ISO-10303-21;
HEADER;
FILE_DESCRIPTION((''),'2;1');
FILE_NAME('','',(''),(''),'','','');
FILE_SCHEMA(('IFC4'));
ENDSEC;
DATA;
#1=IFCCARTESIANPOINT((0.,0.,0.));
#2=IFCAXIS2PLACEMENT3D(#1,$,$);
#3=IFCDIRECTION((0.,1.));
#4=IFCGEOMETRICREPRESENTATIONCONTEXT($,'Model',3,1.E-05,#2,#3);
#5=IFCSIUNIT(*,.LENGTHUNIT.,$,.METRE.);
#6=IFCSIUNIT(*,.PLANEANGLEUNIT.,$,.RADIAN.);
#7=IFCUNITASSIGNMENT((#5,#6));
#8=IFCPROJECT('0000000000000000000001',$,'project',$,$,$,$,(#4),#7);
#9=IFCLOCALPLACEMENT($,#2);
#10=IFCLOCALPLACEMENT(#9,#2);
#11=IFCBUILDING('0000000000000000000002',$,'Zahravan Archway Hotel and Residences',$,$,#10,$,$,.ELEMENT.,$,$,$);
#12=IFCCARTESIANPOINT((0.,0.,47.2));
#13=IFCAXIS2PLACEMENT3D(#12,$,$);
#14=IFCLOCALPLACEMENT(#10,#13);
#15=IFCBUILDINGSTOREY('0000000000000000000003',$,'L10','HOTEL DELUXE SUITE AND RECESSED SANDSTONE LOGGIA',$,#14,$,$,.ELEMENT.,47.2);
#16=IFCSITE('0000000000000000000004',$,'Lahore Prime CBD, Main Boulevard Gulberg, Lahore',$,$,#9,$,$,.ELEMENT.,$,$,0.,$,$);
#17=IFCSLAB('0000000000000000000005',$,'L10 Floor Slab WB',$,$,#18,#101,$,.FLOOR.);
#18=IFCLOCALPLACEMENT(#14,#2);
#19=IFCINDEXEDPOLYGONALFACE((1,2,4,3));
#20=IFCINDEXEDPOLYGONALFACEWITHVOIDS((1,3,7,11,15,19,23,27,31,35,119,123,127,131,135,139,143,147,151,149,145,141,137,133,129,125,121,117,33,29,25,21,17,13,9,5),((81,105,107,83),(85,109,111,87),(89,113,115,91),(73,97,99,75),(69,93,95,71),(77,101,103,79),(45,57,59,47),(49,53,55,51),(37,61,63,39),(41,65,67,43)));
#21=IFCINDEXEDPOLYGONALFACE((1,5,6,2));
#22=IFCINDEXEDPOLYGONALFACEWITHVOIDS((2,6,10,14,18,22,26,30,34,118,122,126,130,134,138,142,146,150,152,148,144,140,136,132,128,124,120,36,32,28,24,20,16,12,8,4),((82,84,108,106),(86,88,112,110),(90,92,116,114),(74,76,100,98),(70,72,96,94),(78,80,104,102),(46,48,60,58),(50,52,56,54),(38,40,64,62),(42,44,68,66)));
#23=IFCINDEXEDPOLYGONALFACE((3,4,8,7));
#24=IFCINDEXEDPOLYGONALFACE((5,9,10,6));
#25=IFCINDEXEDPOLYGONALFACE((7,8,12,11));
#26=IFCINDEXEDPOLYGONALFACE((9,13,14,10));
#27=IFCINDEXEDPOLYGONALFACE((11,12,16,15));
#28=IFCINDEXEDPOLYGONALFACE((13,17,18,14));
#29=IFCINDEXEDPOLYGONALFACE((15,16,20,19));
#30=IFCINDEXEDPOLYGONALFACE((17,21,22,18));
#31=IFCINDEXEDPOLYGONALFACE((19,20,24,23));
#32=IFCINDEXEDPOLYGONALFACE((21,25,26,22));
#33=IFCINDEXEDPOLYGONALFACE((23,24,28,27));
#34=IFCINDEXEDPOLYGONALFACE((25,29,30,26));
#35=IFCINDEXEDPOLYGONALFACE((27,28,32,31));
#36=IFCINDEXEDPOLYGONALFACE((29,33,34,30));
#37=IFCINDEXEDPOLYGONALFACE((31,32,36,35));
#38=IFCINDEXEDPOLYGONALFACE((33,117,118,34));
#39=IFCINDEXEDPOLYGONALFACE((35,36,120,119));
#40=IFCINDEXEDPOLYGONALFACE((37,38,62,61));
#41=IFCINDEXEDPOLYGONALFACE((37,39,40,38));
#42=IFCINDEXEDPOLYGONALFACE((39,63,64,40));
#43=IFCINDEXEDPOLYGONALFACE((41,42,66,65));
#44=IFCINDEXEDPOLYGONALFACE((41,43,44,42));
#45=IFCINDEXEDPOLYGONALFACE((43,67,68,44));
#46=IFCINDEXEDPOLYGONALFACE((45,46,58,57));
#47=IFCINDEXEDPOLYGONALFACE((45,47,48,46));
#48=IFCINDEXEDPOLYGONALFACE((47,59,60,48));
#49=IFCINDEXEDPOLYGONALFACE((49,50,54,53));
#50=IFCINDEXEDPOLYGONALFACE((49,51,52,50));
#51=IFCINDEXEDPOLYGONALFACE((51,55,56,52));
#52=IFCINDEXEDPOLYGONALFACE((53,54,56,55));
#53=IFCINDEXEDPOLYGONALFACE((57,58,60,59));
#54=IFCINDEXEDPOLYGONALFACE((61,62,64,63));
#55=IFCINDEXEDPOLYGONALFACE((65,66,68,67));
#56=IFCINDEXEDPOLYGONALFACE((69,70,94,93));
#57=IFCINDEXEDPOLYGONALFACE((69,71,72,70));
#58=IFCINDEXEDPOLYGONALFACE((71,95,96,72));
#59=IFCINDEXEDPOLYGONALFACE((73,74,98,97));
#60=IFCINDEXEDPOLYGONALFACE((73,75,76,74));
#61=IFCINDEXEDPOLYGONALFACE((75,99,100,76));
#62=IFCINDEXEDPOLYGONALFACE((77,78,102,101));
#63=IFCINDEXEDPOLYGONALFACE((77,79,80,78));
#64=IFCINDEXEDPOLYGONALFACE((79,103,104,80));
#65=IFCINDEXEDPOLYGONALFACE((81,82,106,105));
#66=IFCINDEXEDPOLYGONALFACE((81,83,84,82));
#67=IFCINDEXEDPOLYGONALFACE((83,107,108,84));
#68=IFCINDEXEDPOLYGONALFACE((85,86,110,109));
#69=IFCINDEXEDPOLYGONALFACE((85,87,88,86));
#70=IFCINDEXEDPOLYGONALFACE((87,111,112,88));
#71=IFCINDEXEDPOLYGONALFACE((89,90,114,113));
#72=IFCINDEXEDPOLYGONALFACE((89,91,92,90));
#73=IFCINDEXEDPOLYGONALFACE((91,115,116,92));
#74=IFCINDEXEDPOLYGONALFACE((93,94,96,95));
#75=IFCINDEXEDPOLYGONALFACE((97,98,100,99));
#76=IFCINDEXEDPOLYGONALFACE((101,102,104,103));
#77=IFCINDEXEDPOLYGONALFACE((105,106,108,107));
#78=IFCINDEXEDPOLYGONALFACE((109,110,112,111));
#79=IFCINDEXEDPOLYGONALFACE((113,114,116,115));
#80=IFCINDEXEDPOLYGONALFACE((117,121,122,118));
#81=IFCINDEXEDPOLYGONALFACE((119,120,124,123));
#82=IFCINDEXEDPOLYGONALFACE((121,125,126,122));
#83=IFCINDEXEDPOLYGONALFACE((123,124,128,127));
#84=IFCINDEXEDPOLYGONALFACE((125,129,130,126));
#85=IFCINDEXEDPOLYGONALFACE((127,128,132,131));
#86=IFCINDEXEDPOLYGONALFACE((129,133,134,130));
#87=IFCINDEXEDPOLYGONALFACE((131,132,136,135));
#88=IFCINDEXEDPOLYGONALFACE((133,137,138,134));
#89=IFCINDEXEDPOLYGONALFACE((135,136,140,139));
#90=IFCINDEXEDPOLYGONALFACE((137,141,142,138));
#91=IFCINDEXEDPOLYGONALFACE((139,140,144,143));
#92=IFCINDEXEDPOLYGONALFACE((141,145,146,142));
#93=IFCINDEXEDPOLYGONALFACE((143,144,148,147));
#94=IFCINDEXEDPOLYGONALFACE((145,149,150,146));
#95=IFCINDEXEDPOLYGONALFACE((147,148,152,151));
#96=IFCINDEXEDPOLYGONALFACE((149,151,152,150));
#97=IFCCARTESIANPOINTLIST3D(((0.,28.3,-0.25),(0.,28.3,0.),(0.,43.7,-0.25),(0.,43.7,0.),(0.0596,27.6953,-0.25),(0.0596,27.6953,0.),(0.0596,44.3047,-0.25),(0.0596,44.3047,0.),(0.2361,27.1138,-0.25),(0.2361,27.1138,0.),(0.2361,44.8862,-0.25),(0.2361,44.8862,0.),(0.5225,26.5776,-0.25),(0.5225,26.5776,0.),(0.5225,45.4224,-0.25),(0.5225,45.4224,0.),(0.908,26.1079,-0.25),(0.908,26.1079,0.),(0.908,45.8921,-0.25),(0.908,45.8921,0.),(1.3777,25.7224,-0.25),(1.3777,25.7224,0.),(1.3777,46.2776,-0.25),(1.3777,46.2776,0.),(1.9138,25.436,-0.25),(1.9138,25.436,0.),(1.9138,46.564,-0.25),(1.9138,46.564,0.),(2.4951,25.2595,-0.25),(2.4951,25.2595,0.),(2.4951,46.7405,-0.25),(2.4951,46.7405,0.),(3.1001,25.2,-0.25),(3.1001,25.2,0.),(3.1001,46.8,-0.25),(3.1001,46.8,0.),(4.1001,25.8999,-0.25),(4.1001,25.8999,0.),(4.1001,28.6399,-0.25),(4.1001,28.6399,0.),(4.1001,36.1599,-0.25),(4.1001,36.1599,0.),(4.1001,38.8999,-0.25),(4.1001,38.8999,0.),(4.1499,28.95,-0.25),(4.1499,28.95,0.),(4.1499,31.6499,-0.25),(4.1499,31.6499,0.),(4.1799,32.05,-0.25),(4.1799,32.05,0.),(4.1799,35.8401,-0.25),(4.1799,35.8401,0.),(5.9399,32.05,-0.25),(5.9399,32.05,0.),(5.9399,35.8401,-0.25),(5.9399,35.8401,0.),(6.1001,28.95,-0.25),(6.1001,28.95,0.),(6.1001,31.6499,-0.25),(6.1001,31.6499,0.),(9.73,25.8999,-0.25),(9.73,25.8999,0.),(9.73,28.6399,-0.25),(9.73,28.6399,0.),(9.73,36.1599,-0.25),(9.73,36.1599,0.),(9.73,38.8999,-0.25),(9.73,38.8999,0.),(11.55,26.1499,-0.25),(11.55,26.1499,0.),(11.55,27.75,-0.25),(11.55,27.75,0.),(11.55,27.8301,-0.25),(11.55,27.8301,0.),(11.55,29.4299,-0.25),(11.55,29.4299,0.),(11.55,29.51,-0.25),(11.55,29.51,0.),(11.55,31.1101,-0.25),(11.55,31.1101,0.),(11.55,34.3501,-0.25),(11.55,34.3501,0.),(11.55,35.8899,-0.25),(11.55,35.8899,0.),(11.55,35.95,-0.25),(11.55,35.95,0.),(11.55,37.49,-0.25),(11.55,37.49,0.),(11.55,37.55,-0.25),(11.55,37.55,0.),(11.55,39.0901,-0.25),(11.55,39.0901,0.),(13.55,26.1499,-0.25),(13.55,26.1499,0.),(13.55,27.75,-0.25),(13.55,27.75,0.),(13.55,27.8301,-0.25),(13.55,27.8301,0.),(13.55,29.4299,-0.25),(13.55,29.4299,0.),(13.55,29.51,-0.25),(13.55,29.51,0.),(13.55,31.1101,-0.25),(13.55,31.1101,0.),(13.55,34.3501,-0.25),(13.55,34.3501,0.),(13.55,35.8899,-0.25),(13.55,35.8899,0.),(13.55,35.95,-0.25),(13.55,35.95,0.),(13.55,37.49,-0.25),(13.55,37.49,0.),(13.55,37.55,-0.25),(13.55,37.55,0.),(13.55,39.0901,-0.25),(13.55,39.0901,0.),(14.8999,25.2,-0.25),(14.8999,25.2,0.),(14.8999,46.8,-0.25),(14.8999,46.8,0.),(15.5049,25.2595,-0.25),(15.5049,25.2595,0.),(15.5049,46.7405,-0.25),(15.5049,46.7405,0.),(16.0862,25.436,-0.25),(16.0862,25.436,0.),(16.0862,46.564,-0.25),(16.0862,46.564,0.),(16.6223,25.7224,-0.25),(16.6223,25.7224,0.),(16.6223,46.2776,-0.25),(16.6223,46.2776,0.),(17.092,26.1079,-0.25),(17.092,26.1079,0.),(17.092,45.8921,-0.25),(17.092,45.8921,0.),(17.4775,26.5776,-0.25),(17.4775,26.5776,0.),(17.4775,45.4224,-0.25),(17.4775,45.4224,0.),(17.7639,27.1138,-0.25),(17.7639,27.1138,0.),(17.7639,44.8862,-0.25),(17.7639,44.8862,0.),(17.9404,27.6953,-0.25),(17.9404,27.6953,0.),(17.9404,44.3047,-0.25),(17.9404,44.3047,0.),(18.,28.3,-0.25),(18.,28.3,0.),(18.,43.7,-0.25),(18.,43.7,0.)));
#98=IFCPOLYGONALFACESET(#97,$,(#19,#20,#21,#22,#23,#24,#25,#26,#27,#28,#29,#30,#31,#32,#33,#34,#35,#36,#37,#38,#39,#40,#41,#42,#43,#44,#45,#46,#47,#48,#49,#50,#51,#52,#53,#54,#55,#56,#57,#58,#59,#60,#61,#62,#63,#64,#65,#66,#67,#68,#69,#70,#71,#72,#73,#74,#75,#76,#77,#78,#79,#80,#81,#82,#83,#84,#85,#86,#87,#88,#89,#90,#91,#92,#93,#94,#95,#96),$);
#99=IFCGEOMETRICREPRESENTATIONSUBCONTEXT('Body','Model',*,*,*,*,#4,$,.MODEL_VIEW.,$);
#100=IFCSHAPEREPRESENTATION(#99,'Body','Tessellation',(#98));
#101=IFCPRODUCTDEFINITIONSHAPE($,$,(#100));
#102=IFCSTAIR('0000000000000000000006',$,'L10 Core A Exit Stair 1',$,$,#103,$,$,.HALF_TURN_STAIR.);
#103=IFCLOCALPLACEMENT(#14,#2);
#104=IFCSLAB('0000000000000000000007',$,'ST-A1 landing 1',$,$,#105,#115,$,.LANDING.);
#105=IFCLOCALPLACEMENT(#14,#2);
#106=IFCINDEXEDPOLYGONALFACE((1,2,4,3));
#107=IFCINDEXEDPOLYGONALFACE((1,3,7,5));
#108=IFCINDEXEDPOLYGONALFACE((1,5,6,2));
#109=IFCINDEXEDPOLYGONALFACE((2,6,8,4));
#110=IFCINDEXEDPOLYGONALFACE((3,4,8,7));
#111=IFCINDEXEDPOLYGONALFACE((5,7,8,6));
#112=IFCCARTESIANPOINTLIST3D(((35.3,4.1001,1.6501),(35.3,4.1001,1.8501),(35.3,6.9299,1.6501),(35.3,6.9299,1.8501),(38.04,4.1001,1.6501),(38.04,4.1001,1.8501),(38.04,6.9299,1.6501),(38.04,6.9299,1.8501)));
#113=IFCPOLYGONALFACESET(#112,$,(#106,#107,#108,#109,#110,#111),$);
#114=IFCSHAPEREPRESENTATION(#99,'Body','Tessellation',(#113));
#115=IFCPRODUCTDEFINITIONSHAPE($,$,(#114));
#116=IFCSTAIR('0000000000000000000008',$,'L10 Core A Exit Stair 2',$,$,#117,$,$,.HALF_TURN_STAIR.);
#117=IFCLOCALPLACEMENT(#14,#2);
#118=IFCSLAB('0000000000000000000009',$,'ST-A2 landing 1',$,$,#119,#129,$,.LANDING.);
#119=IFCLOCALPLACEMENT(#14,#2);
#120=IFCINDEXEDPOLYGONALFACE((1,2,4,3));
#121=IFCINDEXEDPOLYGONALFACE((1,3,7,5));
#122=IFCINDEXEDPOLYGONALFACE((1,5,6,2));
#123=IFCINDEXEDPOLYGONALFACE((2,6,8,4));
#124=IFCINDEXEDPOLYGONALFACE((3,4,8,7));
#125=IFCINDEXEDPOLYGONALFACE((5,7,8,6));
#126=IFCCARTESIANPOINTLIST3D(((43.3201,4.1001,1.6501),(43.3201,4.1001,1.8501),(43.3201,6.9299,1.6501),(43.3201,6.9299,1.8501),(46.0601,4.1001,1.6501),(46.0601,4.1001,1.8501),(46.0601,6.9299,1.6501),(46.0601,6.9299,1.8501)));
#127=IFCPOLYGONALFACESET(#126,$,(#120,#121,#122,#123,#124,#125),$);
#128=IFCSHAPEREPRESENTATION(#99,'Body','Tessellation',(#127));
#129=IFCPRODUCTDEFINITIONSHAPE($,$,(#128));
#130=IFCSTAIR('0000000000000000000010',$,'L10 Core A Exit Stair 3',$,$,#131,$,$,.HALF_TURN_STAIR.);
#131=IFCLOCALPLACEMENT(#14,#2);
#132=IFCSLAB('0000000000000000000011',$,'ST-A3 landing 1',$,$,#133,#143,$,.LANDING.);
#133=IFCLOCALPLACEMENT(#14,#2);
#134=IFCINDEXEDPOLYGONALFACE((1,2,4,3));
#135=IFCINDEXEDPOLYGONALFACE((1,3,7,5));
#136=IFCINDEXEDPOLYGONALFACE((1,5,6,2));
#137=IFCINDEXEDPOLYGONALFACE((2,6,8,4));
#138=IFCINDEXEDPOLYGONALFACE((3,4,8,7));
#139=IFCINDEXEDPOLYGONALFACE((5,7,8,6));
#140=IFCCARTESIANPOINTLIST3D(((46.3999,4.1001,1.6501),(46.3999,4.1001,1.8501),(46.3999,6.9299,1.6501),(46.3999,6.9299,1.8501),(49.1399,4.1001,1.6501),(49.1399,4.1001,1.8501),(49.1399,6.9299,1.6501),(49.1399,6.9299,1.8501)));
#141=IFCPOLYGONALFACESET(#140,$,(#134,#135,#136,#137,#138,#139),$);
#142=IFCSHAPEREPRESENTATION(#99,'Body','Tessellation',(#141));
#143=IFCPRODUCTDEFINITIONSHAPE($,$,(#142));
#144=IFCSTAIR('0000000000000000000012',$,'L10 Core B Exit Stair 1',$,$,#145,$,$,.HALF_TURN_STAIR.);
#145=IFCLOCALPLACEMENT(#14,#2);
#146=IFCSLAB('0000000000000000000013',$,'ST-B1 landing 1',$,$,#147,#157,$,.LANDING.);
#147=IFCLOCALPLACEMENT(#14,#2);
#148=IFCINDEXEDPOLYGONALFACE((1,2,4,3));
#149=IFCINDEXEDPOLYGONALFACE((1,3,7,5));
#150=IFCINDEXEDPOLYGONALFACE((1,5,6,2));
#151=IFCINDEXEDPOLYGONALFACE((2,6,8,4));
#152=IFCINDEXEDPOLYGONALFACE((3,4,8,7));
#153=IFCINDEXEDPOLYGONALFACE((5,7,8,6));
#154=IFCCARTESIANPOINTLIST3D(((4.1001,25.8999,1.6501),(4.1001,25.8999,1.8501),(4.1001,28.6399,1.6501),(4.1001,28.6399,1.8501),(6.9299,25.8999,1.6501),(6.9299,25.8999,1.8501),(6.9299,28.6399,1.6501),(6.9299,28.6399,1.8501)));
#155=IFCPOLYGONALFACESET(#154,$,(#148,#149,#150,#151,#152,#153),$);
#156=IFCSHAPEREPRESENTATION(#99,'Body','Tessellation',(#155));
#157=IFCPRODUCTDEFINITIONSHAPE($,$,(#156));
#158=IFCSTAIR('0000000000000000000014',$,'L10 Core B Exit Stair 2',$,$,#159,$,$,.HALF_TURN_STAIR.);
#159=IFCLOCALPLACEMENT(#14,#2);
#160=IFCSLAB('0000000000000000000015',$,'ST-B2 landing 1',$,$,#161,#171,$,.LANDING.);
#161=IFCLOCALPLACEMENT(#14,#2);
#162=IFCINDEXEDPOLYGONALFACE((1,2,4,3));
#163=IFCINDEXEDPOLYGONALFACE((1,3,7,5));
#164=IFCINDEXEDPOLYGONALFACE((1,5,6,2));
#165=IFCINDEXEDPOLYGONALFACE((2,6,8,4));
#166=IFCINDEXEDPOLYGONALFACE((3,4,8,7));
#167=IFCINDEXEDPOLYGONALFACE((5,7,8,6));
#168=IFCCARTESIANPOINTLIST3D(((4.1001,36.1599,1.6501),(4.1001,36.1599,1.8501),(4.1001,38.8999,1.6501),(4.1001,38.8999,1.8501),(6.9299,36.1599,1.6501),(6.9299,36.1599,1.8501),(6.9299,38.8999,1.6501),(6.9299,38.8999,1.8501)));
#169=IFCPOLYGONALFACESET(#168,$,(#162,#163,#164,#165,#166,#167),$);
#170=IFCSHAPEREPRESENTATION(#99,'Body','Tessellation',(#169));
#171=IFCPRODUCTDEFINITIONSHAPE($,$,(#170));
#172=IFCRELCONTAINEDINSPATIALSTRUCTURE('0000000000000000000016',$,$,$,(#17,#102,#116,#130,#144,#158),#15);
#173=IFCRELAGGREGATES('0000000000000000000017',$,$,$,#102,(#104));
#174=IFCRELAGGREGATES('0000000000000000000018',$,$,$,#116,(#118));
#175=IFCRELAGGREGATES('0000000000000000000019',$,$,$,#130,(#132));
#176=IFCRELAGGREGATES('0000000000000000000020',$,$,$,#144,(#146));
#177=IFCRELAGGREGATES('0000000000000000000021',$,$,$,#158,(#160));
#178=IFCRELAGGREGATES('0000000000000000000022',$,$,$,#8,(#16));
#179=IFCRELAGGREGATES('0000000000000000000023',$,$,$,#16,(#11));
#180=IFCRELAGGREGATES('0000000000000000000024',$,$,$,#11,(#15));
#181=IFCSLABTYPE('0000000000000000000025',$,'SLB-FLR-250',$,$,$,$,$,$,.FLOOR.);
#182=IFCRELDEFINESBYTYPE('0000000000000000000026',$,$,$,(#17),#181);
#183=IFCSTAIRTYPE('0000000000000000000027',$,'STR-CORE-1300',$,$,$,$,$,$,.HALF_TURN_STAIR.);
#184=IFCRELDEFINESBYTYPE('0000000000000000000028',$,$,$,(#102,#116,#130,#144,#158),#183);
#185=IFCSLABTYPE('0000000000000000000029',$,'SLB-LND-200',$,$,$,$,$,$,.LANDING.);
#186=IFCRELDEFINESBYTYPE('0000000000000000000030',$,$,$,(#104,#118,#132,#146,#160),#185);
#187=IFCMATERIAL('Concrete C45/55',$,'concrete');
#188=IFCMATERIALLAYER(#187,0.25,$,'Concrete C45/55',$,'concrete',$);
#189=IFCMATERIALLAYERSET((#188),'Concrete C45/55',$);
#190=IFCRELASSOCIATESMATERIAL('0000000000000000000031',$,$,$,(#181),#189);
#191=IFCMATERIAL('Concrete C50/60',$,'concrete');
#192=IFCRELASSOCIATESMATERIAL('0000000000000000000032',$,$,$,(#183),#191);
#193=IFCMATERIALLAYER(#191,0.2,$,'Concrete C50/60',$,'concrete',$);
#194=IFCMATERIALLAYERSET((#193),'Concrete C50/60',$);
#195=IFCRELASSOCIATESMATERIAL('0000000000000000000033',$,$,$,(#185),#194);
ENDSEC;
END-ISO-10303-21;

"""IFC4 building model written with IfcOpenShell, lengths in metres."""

from ifc_helpers import new_model, si_unit, direction, frame, origin, place, context, subcontext, project, spatial, polyline, outline, extrude, material, layer, layer_set, type_object, element, aggregate, save


model = new_model("IFC4")

# Units and contexts
model_context = context("Model", 3, precision=1e-05, world=origin(), true_north=direction((0.0, 1.0)))
body_context = subcontext(model_context, "Body", "Model", "MODEL_VIEW")
ifc_project = project(units=[si_unit("LENGTHUNIT", "METRE"), si_unit("PLANEANGLEUNIT", "RADIAN")], contexts=[model_context])

# Site, building, storey
site_placement = place(None, origin())
site = spatial("IfcSite", under=ifc_project, at=site_placement, Name="Lahore Prime CBD, Main Boulevard Gulberg, Lahore", CompositionType="ELEMENT", RefElevation=0.0)
building_placement = place(site_placement, origin())
building = spatial("IfcBuilding", under=site, at=building_placement, Name="Zahravan Archway Hotel and Residences", CompositionType="ELEMENT")
storey_placement = place(building_placement, frame((0.0, 0.0, 47.2)))
storey = spatial("IfcBuildingStorey", under=building, at=storey_placement, Name="L10", Description="HOTEL DELUXE SUITE AND RECESSED SANDSTONE LOGGIA", CompositionType="ELEMENT", Elevation=47.2)

# Slab
ifc_material_1 = material(Name="Concrete C45/55", Category="concrete")
ifc_layer_1 = layer(ifc_material_1, 0.25, Name="Concrete C45/55", Category="concrete")
ifc_layer_set_1 = layer_set([ifc_layer_1], Name="Concrete C45/55")
slab_type_1 = type_object("IfcSlabType", Name="SLB-FLR-250", PredefinedType="FLOOR", material=ifc_layer_set_1)
slab_1_placement = place(storey_placement, frame((0.0, 0.0, -0.25)))
element("IfcSlab", 1, at=slab_1_placement, inside=storey, type_object=slab_type_1, Name="L10 Floor Slab WB", PredefinedType="FLOOR", context=body_context, shape_type="SweptSolid", body=[
    extrude(outline(polyline([(14.8999, 25.2), (15.5049, 25.2595), (16.0862, 25.436), (16.6223, 25.7224), (17.092, 26.1079), (17.4775, 26.5776), (17.7639, 27.1138), (17.9404, 27.6953), (18.0, 28.3), (18.0, 43.7), (17.9404, 44.3047), (17.7639, 44.8862), (17.4775, 45.4224), (17.092, 45.8921), (16.6223, 46.2776), (16.0862, 46.564), (15.5049, 46.7405), (14.8999, 46.8), (3.1001, 46.8), (2.4951, 46.7405), (1.9138, 46.564), (1.3777, 46.2776), (0.908, 45.8921), (0.5225, 45.4224), (0.2361, 44.8862), (0.0596, 44.3047), (0.0, 43.7), (0.0, 28.3), (0.0596, 27.6953), (0.2361, 27.1138), (0.5225, 26.5776), (0.908, 26.1079), (1.3777, 25.7224), (1.9138, 25.436), (2.4951, 25.2595), (3.1001, 25.2), (14.8999, 25.2)]), holes=[polyline([(9.73, 28.6399), (4.1001, 28.6399), (4.1001, 25.8999), (9.73, 25.8999), (9.73, 28.6399)]), polyline([(9.73, 38.8999), (4.1001, 38.8999), (4.1001, 36.1599), (9.73, 36.1599), (9.73, 38.8999)]), polyline([(4.1499, 28.95), (6.1001, 28.95), (6.1001, 31.6499), (4.1499, 31.6499), (4.1499, 28.95)]), polyline([(11.55, 26.1499), (13.55, 26.1499), (13.55, 27.75), (11.55, 27.75), (11.55, 26.1499)]), polyline([(11.55, 27.8301), (13.55, 27.8301), (13.55, 29.4299), (11.55, 29.4299), (11.55, 27.8301)]), polyline([(11.55, 29.51), (13.55, 29.51), (13.55, 31.1101), (11.55, 31.1101), (11.55, 29.51)]), polyline([(11.55, 34.3501), (13.55, 34.3501), (13.55, 35.8899), (11.55, 35.8899), (11.55, 34.3501)]), polyline([(11.55, 35.95), (13.55, 35.95), (13.55, 37.49), (11.55, 37.49), (11.55, 35.95)]), polyline([(11.55, 37.55), (13.55, 37.55), (13.55, 39.0901), (11.55, 39.0901), (11.55, 37.55)]), polyline([(4.1799, 32.05), (5.9399, 32.05), (5.9399, 35.8401), (4.1799, 35.8401), (4.1799, 32.05)])]), origin(), (0.0, 0.0, 1.0), 0.25),
])

# Stairs, slabs
ifc_material_2 = material(Name="Concrete C50/60", Category="concrete")
stair_type = type_object("IfcStairType", Name="STR-CORE-1300", PredefinedType="HALF_TURN_STAIR", material=ifc_material_2)
stair_1_placement = place(storey_placement, origin())
stair_1 = element("IfcStair", 2, at=stair_1_placement, inside=storey, type_object=stair_type, Name="L10 Core A Exit Stair 1", PredefinedType="HALF_TURN_STAIR")
ifc_layer_2 = layer(ifc_material_2, 0.2, Name="Concrete C50/60", Category="concrete")
ifc_layer_set_2 = layer_set([ifc_layer_2], Name="Concrete C50/60")
slab_type_2 = type_object("IfcSlabType", Name="SLB-LND-200", PredefinedType="LANDING", material=ifc_layer_set_2)
slab_2_placement = place(storey_placement, frame((0.0, 0.0, 1.6501)))
slab_2 = element("IfcSlab", 3, at=slab_2_placement, type_object=slab_type_2, Name="ST-A1 landing 1", PredefinedType="LANDING", context=body_context, shape_type="SweptSolid", body=[
    extrude(outline(polyline([(35.3, 6.9299), (35.3, 4.1001), (38.04, 4.1001), (38.04, 6.9299), (35.3, 6.9299)])), origin(), (0.0, 0.0, 1.0), 0.2),
])
aggregate(stair_1, [slab_2])
stair_2_placement = place(storey_placement, origin())
stair_2 = element("IfcStair", 4, at=stair_2_placement, inside=storey, type_object=stair_type, Name="L10 Core A Exit Stair 2", PredefinedType="HALF_TURN_STAIR")
slab_3_placement = place(storey_placement, frame((0.0, 0.0, 1.6501)))
slab_3 = element("IfcSlab", 5, at=slab_3_placement, type_object=slab_type_2, Name="ST-A2 landing 1", PredefinedType="LANDING", context=body_context, shape_type="SweptSolid", body=[
    extrude(outline(polyline([(43.3201, 6.9299), (43.3201, 4.1001), (46.0601, 4.1001), (46.0601, 6.9299), (43.3201, 6.9299)])), origin(), (0.0, 0.0, 1.0), 0.2),
])
aggregate(stair_2, [slab_3])
stair_3_placement = place(storey_placement, origin())
stair_3 = element("IfcStair", 6, at=stair_3_placement, inside=storey, type_object=stair_type, Name="L10 Core A Exit Stair 3", PredefinedType="HALF_TURN_STAIR")
slab_4_placement = place(storey_placement, frame((0.0, 0.0, 1.6501)))
slab_4 = element("IfcSlab", 7, at=slab_4_placement, type_object=slab_type_2, Name="ST-A3 landing 1", PredefinedType="LANDING", context=body_context, shape_type="SweptSolid", body=[
    extrude(outline(polyline([(46.3999, 6.9299), (46.3999, 4.1001), (49.1399, 4.1001), (49.1399, 6.9299), (46.3999, 6.9299)])), origin(), (0.0, 0.0, 1.0), 0.2),
])
aggregate(stair_3, [slab_4])
stair_4_placement = place(storey_placement, origin())
stair_4 = element("IfcStair", 8, at=stair_4_placement, inside=storey, type_object=stair_type, Name="L10 Core B Exit Stair 1", PredefinedType="HALF_TURN_STAIR")
slab_5_placement = place(storey_placement, frame((0.0, 0.0, 1.6501)))
slab_5 = element("IfcSlab", 9, at=slab_5_placement, type_object=slab_type_2, Name="ST-B1 landing 1", PredefinedType="LANDING", context=body_context, shape_type="SweptSolid", body=[
    extrude(outline(polyline([(6.9299, 28.6399), (4.1001, 28.6399), (4.1001, 25.8999), (6.9299, 25.8999), (6.9299, 28.6399)])), origin(), (0.0, 0.0, 1.0), 0.2),
])
aggregate(stair_4, [slab_5])
stair_5_placement = place(storey_placement, origin())
stair_5 = element("IfcStair", 10, at=stair_5_placement, inside=storey, type_object=stair_type, Name="L10 Core B Exit Stair 2", PredefinedType="HALF_TURN_STAIR")
slab_6_placement = place(storey_placement, frame((0.0, 0.0, 1.6501)))
slab_6 = element("IfcSlab", 11, at=slab_6_placement, type_object=slab_type_2, Name="ST-B2 landing 1", PredefinedType="LANDING", context=body_context, shape_type="SweptSolid", body=[
    extrude(outline(polyline([(6.9299, 38.8999), (4.1001, 38.8999), (4.1001, 36.1599), (6.9299, 36.1599), (6.9299, 38.8999)])), origin(), (0.0, 0.0, 1.0), 0.2),
])
aggregate(stair_5, [slab_6])

save(model, "model.ifc")
